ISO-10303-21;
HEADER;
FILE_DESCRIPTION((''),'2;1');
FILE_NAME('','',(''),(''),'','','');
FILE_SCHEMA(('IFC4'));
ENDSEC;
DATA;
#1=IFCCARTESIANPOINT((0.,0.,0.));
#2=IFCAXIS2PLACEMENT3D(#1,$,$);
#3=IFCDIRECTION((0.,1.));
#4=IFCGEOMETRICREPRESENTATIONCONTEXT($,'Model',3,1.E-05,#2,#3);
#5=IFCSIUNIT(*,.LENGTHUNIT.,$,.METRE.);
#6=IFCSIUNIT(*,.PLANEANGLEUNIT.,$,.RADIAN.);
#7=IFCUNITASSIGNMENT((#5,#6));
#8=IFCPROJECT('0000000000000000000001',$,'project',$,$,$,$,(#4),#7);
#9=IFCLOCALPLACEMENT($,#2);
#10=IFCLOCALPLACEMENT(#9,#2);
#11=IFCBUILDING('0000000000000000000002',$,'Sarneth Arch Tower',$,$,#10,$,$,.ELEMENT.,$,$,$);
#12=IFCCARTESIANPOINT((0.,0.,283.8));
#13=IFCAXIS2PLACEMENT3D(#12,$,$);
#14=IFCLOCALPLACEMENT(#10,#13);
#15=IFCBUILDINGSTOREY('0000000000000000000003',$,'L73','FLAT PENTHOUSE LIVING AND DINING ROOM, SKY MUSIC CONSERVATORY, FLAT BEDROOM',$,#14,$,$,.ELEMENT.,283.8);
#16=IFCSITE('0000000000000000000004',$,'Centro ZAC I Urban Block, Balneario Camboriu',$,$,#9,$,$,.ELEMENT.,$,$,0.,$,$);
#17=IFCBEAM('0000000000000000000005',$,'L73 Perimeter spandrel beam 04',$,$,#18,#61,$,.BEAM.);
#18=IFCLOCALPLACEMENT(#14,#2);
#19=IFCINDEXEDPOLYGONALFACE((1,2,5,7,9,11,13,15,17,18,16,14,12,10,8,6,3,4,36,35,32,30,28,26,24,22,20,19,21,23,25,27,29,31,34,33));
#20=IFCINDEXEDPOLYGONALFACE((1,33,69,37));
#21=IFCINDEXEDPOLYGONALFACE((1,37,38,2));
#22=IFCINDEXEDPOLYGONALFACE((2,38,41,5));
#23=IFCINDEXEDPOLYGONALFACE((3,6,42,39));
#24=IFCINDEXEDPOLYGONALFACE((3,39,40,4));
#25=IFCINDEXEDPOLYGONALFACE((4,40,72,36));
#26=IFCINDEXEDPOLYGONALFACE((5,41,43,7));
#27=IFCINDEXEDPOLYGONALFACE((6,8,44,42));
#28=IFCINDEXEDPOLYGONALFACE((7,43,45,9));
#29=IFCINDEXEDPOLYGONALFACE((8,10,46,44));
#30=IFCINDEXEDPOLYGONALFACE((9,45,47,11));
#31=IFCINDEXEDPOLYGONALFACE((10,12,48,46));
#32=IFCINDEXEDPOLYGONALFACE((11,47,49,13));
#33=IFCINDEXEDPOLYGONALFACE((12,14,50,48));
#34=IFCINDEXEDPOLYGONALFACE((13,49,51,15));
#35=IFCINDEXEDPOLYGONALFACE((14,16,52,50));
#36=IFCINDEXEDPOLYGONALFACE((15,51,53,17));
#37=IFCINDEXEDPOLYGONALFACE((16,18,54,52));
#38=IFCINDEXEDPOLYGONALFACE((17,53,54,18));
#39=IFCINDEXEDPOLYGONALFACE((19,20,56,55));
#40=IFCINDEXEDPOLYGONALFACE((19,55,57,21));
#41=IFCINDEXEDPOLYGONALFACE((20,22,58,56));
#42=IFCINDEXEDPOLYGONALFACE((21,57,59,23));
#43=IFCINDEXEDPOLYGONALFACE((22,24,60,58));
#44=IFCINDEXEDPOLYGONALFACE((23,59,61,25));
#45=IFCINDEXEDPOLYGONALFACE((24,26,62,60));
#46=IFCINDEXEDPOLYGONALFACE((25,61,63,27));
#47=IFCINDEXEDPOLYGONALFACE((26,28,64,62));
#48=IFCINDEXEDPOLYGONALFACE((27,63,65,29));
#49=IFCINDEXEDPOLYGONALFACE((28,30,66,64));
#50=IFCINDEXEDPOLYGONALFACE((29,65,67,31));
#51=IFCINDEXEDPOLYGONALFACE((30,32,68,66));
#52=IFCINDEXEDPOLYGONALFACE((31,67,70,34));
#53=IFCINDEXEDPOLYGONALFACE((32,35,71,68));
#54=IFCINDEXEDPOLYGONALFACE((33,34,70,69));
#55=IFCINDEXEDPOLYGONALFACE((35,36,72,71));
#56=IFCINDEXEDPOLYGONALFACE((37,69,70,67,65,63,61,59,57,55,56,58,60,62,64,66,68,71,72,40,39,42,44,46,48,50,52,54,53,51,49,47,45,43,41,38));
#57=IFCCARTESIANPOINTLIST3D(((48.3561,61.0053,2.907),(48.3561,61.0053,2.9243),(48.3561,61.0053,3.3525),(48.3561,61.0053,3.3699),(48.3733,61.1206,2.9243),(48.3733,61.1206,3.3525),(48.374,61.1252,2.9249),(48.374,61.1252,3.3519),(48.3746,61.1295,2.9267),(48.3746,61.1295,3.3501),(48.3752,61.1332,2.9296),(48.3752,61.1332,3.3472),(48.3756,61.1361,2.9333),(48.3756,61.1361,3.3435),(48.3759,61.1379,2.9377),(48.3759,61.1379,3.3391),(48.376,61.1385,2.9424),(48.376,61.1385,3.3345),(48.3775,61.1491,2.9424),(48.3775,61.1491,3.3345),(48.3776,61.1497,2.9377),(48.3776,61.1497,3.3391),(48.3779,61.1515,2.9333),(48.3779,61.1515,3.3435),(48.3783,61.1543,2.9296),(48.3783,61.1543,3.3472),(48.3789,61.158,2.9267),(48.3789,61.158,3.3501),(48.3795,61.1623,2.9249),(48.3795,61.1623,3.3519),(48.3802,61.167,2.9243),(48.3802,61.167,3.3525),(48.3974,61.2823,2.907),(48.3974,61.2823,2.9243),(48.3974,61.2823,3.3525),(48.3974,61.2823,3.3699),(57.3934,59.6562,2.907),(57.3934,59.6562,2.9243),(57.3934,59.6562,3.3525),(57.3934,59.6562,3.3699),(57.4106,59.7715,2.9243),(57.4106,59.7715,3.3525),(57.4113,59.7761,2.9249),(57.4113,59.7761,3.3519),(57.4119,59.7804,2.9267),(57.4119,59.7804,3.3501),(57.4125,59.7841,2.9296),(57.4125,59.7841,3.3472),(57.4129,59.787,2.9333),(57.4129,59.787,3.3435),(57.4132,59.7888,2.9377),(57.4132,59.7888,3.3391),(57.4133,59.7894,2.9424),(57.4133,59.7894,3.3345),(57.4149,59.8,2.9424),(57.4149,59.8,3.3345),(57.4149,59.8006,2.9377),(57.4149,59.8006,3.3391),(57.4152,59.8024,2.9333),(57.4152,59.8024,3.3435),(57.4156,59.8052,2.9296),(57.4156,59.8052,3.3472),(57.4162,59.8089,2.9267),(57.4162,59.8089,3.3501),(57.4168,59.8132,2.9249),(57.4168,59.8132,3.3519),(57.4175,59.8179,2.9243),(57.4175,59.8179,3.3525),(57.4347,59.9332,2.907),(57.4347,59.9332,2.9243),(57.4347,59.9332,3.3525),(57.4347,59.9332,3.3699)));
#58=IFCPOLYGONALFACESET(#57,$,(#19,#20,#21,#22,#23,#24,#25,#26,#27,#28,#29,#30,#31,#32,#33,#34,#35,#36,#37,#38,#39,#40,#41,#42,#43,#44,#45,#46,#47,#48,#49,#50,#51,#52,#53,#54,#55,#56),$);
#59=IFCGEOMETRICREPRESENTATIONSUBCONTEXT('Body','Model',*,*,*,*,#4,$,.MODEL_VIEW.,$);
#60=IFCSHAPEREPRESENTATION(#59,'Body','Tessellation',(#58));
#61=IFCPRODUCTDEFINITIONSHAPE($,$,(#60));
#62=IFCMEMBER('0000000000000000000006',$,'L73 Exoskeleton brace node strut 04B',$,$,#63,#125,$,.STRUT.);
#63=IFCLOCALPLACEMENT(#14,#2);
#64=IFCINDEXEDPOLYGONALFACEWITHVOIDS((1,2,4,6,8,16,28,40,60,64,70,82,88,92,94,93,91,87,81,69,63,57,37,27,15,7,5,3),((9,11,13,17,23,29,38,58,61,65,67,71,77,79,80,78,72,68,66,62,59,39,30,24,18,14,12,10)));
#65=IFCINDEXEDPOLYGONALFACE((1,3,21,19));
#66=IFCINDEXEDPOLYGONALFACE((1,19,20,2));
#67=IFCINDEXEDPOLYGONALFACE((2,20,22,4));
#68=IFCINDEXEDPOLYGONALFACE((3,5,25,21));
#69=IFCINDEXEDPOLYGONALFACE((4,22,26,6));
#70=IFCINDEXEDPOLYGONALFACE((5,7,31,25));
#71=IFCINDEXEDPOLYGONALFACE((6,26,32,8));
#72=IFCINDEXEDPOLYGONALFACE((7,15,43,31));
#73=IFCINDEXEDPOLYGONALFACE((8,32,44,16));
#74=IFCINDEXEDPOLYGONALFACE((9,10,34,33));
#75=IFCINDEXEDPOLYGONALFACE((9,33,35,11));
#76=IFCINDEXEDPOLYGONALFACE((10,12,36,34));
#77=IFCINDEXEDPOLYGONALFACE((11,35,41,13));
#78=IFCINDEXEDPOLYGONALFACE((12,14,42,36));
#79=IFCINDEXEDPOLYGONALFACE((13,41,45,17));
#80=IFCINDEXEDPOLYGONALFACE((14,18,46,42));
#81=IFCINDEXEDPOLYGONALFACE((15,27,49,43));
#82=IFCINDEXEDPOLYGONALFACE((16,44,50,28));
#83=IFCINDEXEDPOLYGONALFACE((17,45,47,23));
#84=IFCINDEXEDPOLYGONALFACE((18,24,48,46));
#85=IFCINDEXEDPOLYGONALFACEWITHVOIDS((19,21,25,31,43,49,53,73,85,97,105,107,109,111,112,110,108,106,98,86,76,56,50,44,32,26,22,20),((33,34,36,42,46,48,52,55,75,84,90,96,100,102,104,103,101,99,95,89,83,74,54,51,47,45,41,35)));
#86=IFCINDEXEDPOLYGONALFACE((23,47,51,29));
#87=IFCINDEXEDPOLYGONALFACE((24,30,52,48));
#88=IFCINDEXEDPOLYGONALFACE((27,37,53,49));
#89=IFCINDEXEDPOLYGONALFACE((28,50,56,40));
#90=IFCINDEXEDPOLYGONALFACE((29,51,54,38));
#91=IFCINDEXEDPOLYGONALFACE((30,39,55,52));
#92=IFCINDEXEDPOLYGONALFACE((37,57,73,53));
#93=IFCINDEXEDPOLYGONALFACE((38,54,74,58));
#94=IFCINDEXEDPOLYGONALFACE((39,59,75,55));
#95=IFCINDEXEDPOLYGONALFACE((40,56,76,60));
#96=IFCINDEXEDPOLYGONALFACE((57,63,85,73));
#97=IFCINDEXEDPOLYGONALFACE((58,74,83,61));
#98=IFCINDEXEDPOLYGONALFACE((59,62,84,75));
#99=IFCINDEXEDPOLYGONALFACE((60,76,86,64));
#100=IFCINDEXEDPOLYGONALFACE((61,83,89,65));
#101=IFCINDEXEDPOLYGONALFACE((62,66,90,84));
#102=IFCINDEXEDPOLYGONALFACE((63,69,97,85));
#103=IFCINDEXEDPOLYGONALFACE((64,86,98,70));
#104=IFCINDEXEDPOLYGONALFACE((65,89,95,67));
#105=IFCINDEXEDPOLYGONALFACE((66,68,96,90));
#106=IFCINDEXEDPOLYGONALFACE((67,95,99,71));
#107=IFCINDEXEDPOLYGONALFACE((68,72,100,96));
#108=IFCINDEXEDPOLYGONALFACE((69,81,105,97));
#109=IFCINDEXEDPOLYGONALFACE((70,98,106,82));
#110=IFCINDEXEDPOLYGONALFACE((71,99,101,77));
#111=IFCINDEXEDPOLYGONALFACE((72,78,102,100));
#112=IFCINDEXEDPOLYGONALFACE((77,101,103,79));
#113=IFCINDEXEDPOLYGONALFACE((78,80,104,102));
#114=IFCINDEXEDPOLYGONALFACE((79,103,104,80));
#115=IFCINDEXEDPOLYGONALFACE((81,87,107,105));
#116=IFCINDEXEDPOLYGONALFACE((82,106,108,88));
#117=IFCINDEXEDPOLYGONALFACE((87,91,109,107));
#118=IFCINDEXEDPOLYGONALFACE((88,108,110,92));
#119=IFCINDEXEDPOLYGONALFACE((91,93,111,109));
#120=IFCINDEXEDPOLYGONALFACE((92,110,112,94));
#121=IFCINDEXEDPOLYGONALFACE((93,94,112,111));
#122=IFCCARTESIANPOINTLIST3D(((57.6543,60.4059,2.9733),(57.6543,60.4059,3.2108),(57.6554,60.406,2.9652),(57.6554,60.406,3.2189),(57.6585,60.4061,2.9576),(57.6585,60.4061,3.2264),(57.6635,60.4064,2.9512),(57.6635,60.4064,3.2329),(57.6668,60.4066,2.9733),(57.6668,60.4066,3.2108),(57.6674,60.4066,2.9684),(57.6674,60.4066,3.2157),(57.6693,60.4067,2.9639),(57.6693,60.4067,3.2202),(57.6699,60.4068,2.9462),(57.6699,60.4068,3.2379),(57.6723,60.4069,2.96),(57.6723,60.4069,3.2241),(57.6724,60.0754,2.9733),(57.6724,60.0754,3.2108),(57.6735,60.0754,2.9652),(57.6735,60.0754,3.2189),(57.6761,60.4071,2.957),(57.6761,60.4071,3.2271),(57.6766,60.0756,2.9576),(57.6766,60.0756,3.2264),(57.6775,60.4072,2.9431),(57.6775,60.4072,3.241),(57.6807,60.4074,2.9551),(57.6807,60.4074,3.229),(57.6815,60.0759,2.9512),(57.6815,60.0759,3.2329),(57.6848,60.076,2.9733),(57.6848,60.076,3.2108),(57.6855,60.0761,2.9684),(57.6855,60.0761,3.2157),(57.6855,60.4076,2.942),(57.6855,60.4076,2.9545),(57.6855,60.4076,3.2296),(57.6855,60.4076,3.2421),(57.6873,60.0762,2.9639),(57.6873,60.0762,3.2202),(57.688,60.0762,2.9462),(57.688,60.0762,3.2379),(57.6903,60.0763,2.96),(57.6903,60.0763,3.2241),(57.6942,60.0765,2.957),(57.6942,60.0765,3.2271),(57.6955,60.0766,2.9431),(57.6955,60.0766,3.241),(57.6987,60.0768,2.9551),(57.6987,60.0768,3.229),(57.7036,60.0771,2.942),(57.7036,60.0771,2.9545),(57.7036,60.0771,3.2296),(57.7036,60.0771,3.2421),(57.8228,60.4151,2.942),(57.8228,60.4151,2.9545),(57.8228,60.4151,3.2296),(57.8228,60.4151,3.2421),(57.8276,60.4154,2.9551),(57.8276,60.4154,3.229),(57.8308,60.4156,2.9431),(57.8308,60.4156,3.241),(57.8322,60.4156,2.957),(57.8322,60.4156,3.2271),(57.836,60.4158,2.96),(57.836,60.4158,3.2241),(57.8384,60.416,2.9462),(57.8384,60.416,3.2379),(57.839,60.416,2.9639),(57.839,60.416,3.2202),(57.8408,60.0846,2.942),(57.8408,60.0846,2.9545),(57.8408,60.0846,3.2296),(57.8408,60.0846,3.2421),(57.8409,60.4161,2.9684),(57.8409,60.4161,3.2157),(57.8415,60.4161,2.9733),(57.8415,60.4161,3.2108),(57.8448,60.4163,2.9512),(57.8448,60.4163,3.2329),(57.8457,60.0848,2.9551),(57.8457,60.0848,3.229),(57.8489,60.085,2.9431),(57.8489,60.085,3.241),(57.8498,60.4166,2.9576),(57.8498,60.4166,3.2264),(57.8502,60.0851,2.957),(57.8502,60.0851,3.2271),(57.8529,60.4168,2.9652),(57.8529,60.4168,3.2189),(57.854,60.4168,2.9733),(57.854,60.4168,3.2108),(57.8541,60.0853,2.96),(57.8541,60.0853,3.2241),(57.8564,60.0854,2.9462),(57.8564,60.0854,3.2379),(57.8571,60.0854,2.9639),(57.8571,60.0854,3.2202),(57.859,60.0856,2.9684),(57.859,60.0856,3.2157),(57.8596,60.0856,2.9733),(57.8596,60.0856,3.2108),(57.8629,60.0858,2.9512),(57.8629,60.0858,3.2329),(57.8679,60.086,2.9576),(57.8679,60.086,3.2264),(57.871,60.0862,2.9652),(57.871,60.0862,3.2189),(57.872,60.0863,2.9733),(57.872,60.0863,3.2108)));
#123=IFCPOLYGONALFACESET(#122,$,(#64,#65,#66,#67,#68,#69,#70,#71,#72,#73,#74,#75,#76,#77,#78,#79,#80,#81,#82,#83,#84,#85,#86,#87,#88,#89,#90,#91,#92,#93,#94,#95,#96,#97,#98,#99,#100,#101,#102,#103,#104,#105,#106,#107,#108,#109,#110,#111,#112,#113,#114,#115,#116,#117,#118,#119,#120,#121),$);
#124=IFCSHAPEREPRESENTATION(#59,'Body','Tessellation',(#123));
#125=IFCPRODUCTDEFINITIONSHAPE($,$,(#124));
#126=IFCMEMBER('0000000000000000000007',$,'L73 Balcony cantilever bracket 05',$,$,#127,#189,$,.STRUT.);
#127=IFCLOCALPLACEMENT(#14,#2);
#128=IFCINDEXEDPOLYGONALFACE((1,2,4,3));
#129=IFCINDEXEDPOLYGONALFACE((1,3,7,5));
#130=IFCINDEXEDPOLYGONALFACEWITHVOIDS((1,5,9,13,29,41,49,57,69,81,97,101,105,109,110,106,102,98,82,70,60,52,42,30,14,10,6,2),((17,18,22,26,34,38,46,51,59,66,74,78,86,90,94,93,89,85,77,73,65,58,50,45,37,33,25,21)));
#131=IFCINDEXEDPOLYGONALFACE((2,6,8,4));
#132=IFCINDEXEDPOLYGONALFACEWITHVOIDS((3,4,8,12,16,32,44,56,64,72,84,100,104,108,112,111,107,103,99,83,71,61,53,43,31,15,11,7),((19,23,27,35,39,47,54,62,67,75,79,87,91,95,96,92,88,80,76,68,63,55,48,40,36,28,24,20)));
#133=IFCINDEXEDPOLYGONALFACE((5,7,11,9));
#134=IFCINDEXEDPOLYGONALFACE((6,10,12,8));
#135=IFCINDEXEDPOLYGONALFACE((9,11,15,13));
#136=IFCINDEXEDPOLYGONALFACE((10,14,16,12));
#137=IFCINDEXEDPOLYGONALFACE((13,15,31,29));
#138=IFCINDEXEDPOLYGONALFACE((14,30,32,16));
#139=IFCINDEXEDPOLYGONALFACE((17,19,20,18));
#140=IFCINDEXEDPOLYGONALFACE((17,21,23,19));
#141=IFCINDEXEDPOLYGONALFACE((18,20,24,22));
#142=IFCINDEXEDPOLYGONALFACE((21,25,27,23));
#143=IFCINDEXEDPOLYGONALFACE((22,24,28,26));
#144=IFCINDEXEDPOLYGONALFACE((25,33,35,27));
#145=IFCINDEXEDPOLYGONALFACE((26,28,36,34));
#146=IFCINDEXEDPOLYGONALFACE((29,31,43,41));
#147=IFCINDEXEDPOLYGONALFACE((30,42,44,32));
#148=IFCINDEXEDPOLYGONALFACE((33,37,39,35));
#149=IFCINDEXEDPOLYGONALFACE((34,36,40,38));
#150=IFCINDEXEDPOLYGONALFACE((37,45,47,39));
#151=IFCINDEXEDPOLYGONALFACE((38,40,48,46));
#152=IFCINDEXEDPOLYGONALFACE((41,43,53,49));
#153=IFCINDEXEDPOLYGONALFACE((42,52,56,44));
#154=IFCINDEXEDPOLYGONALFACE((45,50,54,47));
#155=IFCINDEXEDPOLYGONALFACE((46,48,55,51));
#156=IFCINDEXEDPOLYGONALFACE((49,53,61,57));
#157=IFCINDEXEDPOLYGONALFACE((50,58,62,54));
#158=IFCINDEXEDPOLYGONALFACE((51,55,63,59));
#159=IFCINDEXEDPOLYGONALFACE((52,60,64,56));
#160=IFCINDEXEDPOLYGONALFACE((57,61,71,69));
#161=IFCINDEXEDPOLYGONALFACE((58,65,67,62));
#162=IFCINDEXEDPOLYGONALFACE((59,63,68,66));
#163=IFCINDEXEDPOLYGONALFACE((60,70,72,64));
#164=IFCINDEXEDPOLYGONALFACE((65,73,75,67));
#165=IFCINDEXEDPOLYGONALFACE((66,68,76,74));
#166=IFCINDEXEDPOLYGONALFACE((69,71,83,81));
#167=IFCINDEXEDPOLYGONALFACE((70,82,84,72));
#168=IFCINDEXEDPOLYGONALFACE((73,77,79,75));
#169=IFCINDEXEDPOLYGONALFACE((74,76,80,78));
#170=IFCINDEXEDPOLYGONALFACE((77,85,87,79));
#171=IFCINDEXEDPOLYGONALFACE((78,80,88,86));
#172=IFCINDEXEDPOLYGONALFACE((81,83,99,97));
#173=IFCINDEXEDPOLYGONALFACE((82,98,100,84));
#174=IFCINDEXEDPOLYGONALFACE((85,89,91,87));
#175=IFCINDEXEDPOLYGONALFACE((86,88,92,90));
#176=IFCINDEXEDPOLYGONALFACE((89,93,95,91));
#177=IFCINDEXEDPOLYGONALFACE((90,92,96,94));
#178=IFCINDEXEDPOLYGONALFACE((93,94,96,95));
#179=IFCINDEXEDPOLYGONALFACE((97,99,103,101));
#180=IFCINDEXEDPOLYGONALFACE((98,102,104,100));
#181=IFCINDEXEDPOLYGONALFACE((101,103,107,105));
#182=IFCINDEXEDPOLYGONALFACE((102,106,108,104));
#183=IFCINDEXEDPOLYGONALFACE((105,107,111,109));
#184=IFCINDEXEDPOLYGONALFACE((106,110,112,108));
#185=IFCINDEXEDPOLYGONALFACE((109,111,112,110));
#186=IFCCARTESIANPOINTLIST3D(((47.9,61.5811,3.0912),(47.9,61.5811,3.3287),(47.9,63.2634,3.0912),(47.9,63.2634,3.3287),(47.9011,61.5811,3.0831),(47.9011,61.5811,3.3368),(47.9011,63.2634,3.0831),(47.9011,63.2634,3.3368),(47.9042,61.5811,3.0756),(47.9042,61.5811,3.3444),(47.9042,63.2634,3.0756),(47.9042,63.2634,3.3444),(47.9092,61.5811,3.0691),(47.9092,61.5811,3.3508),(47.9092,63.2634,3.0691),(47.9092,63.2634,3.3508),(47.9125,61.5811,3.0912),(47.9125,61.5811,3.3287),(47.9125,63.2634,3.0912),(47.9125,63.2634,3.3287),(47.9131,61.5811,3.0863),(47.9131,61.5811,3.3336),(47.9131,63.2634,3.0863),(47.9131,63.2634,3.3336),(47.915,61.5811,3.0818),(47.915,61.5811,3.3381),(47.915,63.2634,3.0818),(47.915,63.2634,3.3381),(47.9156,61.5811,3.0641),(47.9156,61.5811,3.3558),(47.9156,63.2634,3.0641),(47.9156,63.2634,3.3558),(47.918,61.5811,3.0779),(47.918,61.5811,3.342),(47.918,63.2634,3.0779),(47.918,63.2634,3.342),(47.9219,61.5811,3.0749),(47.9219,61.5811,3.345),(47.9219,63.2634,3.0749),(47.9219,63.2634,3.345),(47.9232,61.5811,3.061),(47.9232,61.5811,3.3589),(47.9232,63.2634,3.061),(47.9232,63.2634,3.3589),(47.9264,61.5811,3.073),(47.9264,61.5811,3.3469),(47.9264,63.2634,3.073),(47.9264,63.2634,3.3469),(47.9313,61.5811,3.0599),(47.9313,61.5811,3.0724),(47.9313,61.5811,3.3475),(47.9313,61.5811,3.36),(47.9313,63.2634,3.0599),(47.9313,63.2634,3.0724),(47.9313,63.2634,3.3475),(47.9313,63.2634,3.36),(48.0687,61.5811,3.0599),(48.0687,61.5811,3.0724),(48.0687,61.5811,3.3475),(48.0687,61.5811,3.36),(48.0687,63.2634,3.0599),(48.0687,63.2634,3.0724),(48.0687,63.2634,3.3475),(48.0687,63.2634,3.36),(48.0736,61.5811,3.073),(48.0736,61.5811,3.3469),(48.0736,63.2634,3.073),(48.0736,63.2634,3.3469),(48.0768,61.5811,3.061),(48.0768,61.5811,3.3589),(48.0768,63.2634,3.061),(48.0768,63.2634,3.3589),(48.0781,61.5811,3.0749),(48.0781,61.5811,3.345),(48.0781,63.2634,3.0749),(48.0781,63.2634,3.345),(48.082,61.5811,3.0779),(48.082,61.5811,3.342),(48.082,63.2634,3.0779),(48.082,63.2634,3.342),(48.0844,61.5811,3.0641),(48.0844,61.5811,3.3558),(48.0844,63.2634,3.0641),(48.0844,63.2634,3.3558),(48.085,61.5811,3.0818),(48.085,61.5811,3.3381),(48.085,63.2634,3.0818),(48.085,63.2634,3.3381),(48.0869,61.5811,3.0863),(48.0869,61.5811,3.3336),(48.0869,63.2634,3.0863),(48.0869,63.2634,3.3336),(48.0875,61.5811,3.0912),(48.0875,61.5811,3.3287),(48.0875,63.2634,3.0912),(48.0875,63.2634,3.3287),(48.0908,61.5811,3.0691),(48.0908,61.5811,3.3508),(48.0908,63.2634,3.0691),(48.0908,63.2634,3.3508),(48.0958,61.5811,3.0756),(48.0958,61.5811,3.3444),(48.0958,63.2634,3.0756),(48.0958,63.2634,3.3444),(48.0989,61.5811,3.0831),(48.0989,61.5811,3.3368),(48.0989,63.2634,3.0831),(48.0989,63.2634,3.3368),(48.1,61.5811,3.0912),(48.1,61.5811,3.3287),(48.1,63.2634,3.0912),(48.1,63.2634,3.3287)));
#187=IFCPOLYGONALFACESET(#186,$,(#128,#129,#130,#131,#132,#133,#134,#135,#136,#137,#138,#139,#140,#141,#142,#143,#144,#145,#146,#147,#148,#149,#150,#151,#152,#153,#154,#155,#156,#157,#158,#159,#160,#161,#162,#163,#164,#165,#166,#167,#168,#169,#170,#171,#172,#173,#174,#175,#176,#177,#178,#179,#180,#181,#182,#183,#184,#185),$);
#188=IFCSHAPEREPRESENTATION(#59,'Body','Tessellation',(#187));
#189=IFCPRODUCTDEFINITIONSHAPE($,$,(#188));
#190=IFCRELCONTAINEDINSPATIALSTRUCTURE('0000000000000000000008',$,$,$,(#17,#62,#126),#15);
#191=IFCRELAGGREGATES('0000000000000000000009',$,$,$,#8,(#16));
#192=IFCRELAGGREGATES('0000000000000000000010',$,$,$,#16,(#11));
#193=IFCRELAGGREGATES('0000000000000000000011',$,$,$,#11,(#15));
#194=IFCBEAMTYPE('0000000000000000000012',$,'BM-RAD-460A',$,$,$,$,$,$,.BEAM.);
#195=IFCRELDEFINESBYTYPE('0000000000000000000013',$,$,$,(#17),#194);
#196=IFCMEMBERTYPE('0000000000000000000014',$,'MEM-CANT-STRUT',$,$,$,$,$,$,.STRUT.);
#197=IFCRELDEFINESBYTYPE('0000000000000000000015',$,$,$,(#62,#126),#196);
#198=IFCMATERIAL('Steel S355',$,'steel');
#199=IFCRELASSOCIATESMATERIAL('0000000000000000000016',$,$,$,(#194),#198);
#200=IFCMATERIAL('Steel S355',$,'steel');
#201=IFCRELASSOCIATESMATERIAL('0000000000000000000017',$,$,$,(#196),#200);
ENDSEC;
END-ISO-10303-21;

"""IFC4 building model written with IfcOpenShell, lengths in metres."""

from ifc_helpers import new_model, si_unit, direction, frame, origin, origin_2d, place, context, subcontext, project, spatial, hollow_rectangle, i_section, extrude, material, material_profile, profile_set, type_object, element, save


model = new_model("IFC4")

# Units and contexts
model_context = context("Model", 3, precision=1e-05, world=origin(), true_north=direction((0.0, 1.0)))
body_context = subcontext(model_context, "Body", "Model", "MODEL_VIEW")
ifc_project = project(units=[si_unit("LENGTHUNIT", "METRE"), si_unit("PLANEANGLEUNIT", "RADIAN")], contexts=[model_context])

# Site, building, storey
site_placement = place(None, origin())
site = spatial("IfcSite", under=ifc_project, at=site_placement, Name="Centro ZAC I Urban Block, Balneario Camboriu", CompositionType="ELEMENT", RefElevation=0.0)
building_placement = place(site_placement, origin())
building = spatial("IfcBuilding", under=site, at=building_placement, Name="Sarneth Arch Tower", CompositionType="ELEMENT")
storey_placement = place(building_placement, frame((0.0, 0.0, 283.8)))
storey = spatial("IfcBuildingStorey", under=building, at=storey_placement, Name="L73", Description="FLAT PENTHOUSE LIVING AND DINING ROOM, SKY MUSIC CONSERVATORY, FLAT BEDROOM", CompositionType="ELEMENT", Elevation=283.8)

# Beam
ifc_material_1 = material(Name="Steel S355", Category="steel")
ifc_material_profile_1 = material_profile(ifc_material_1, i_section(OverallWidth=0.28, OverallDepth=0.4629, WebThickness=0.0107, FlangeThickness=0.0173, FilletRadius=0.0181, at=origin_2d()), Name="W460x113")
ifc_profile_set_1 = profile_set([ifc_material_profile_1], Name="Steel S355")
beam_type_1 = type_object("IfcBeamType", Name="BM-RAD-460A", PredefinedType="BEAM", material=ifc_profile_set_1)
beam_1_placement = place(storey_placement, frame((57.4141, 59.7947, 3.1384), z_axis=(-0.98904, 0.147647, 0.0), x_axis=(-0.147647, -0.98904, 0.0)))
element("IfcBeam", 1, at=beam_1_placement, inside=storey, type_object=beam_type_1, Name="L73 Perimeter spandrel beam 04", PredefinedType="BEAM", context=body_context, shape_type="SweptSolid", body=[
    extrude(i_section(OverallWidth=0.28, OverallDepth=0.4629, WebThickness=0.0107, FlangeThickness=0.0173, FilletRadius=0.0181, at=origin_2d()), origin(), (0.0, 0.0, 1.0), 9.1375),
])

# Members
ifc_material_2 = material(Name="Steel S355", Category="steel")
ifc_material_profile_2 = material_profile(ifc_material_2, hollow_rectangle(XDim=0.2, YDim=0.3, WallThickness=0.0125, InnerFilletRadius=0.0188, OuterFilletRadius=0.0312, at=origin_2d()), Name="RHS300x200x12.5")
ifc_profile_set_2 = profile_set([ifc_material_profile_2], Name="Steel S355")
member_type_1 = type_object("IfcMemberType", Name="MEM-CANT-STRUT", PredefinedType="STRUT", material=ifc_profile_set_2)
member_1_placement = place(storey_placement, frame((57.7722, 60.0808, 3.092), z_axis=(-0.054571, 0.99851, 0.0), x_axis=(-0.99851, -0.054571, 0.0)))
element("IfcMember", 2, at=member_1_placement, inside=storey, type_object=member_type_1, Name="L73 Exoskeleton brace node strut 04B", PredefinedType="STRUT", context=body_context, shape_type="SweptSolid", body=[
    extrude(hollow_rectangle(XDim=0.2, YDim=0.3, WallThickness=0.0125, InnerFilletRadius=0.0188, OuterFilletRadius=0.0312, at=origin_2d()), origin(), (0.0, 0.0, 1.0), 0.3311),
])
member_2_placement = place(storey_placement, frame((48.0, 61.5811, 3.21), z_axis=(0.0, 1.0, 0.0), x_axis=(-1.0, 0.0, 0.0)))
element("IfcMember", 3, at=member_2_placement, inside=storey, type_object=member_type_1, Name="L73 Balcony cantilever bracket 05", PredefinedType="STRUT", context=body_context, shape_type="SweptSolid", body=[
    extrude(hollow_rectangle(XDim=0.2, YDim=0.3, WallThickness=0.0125, InnerFilletRadius=0.0188, OuterFilletRadius=0.0312, at=origin_2d()), origin(), (0.0, 0.0, 1.0), 1.6824),
])

save(model, "model.ifc")
